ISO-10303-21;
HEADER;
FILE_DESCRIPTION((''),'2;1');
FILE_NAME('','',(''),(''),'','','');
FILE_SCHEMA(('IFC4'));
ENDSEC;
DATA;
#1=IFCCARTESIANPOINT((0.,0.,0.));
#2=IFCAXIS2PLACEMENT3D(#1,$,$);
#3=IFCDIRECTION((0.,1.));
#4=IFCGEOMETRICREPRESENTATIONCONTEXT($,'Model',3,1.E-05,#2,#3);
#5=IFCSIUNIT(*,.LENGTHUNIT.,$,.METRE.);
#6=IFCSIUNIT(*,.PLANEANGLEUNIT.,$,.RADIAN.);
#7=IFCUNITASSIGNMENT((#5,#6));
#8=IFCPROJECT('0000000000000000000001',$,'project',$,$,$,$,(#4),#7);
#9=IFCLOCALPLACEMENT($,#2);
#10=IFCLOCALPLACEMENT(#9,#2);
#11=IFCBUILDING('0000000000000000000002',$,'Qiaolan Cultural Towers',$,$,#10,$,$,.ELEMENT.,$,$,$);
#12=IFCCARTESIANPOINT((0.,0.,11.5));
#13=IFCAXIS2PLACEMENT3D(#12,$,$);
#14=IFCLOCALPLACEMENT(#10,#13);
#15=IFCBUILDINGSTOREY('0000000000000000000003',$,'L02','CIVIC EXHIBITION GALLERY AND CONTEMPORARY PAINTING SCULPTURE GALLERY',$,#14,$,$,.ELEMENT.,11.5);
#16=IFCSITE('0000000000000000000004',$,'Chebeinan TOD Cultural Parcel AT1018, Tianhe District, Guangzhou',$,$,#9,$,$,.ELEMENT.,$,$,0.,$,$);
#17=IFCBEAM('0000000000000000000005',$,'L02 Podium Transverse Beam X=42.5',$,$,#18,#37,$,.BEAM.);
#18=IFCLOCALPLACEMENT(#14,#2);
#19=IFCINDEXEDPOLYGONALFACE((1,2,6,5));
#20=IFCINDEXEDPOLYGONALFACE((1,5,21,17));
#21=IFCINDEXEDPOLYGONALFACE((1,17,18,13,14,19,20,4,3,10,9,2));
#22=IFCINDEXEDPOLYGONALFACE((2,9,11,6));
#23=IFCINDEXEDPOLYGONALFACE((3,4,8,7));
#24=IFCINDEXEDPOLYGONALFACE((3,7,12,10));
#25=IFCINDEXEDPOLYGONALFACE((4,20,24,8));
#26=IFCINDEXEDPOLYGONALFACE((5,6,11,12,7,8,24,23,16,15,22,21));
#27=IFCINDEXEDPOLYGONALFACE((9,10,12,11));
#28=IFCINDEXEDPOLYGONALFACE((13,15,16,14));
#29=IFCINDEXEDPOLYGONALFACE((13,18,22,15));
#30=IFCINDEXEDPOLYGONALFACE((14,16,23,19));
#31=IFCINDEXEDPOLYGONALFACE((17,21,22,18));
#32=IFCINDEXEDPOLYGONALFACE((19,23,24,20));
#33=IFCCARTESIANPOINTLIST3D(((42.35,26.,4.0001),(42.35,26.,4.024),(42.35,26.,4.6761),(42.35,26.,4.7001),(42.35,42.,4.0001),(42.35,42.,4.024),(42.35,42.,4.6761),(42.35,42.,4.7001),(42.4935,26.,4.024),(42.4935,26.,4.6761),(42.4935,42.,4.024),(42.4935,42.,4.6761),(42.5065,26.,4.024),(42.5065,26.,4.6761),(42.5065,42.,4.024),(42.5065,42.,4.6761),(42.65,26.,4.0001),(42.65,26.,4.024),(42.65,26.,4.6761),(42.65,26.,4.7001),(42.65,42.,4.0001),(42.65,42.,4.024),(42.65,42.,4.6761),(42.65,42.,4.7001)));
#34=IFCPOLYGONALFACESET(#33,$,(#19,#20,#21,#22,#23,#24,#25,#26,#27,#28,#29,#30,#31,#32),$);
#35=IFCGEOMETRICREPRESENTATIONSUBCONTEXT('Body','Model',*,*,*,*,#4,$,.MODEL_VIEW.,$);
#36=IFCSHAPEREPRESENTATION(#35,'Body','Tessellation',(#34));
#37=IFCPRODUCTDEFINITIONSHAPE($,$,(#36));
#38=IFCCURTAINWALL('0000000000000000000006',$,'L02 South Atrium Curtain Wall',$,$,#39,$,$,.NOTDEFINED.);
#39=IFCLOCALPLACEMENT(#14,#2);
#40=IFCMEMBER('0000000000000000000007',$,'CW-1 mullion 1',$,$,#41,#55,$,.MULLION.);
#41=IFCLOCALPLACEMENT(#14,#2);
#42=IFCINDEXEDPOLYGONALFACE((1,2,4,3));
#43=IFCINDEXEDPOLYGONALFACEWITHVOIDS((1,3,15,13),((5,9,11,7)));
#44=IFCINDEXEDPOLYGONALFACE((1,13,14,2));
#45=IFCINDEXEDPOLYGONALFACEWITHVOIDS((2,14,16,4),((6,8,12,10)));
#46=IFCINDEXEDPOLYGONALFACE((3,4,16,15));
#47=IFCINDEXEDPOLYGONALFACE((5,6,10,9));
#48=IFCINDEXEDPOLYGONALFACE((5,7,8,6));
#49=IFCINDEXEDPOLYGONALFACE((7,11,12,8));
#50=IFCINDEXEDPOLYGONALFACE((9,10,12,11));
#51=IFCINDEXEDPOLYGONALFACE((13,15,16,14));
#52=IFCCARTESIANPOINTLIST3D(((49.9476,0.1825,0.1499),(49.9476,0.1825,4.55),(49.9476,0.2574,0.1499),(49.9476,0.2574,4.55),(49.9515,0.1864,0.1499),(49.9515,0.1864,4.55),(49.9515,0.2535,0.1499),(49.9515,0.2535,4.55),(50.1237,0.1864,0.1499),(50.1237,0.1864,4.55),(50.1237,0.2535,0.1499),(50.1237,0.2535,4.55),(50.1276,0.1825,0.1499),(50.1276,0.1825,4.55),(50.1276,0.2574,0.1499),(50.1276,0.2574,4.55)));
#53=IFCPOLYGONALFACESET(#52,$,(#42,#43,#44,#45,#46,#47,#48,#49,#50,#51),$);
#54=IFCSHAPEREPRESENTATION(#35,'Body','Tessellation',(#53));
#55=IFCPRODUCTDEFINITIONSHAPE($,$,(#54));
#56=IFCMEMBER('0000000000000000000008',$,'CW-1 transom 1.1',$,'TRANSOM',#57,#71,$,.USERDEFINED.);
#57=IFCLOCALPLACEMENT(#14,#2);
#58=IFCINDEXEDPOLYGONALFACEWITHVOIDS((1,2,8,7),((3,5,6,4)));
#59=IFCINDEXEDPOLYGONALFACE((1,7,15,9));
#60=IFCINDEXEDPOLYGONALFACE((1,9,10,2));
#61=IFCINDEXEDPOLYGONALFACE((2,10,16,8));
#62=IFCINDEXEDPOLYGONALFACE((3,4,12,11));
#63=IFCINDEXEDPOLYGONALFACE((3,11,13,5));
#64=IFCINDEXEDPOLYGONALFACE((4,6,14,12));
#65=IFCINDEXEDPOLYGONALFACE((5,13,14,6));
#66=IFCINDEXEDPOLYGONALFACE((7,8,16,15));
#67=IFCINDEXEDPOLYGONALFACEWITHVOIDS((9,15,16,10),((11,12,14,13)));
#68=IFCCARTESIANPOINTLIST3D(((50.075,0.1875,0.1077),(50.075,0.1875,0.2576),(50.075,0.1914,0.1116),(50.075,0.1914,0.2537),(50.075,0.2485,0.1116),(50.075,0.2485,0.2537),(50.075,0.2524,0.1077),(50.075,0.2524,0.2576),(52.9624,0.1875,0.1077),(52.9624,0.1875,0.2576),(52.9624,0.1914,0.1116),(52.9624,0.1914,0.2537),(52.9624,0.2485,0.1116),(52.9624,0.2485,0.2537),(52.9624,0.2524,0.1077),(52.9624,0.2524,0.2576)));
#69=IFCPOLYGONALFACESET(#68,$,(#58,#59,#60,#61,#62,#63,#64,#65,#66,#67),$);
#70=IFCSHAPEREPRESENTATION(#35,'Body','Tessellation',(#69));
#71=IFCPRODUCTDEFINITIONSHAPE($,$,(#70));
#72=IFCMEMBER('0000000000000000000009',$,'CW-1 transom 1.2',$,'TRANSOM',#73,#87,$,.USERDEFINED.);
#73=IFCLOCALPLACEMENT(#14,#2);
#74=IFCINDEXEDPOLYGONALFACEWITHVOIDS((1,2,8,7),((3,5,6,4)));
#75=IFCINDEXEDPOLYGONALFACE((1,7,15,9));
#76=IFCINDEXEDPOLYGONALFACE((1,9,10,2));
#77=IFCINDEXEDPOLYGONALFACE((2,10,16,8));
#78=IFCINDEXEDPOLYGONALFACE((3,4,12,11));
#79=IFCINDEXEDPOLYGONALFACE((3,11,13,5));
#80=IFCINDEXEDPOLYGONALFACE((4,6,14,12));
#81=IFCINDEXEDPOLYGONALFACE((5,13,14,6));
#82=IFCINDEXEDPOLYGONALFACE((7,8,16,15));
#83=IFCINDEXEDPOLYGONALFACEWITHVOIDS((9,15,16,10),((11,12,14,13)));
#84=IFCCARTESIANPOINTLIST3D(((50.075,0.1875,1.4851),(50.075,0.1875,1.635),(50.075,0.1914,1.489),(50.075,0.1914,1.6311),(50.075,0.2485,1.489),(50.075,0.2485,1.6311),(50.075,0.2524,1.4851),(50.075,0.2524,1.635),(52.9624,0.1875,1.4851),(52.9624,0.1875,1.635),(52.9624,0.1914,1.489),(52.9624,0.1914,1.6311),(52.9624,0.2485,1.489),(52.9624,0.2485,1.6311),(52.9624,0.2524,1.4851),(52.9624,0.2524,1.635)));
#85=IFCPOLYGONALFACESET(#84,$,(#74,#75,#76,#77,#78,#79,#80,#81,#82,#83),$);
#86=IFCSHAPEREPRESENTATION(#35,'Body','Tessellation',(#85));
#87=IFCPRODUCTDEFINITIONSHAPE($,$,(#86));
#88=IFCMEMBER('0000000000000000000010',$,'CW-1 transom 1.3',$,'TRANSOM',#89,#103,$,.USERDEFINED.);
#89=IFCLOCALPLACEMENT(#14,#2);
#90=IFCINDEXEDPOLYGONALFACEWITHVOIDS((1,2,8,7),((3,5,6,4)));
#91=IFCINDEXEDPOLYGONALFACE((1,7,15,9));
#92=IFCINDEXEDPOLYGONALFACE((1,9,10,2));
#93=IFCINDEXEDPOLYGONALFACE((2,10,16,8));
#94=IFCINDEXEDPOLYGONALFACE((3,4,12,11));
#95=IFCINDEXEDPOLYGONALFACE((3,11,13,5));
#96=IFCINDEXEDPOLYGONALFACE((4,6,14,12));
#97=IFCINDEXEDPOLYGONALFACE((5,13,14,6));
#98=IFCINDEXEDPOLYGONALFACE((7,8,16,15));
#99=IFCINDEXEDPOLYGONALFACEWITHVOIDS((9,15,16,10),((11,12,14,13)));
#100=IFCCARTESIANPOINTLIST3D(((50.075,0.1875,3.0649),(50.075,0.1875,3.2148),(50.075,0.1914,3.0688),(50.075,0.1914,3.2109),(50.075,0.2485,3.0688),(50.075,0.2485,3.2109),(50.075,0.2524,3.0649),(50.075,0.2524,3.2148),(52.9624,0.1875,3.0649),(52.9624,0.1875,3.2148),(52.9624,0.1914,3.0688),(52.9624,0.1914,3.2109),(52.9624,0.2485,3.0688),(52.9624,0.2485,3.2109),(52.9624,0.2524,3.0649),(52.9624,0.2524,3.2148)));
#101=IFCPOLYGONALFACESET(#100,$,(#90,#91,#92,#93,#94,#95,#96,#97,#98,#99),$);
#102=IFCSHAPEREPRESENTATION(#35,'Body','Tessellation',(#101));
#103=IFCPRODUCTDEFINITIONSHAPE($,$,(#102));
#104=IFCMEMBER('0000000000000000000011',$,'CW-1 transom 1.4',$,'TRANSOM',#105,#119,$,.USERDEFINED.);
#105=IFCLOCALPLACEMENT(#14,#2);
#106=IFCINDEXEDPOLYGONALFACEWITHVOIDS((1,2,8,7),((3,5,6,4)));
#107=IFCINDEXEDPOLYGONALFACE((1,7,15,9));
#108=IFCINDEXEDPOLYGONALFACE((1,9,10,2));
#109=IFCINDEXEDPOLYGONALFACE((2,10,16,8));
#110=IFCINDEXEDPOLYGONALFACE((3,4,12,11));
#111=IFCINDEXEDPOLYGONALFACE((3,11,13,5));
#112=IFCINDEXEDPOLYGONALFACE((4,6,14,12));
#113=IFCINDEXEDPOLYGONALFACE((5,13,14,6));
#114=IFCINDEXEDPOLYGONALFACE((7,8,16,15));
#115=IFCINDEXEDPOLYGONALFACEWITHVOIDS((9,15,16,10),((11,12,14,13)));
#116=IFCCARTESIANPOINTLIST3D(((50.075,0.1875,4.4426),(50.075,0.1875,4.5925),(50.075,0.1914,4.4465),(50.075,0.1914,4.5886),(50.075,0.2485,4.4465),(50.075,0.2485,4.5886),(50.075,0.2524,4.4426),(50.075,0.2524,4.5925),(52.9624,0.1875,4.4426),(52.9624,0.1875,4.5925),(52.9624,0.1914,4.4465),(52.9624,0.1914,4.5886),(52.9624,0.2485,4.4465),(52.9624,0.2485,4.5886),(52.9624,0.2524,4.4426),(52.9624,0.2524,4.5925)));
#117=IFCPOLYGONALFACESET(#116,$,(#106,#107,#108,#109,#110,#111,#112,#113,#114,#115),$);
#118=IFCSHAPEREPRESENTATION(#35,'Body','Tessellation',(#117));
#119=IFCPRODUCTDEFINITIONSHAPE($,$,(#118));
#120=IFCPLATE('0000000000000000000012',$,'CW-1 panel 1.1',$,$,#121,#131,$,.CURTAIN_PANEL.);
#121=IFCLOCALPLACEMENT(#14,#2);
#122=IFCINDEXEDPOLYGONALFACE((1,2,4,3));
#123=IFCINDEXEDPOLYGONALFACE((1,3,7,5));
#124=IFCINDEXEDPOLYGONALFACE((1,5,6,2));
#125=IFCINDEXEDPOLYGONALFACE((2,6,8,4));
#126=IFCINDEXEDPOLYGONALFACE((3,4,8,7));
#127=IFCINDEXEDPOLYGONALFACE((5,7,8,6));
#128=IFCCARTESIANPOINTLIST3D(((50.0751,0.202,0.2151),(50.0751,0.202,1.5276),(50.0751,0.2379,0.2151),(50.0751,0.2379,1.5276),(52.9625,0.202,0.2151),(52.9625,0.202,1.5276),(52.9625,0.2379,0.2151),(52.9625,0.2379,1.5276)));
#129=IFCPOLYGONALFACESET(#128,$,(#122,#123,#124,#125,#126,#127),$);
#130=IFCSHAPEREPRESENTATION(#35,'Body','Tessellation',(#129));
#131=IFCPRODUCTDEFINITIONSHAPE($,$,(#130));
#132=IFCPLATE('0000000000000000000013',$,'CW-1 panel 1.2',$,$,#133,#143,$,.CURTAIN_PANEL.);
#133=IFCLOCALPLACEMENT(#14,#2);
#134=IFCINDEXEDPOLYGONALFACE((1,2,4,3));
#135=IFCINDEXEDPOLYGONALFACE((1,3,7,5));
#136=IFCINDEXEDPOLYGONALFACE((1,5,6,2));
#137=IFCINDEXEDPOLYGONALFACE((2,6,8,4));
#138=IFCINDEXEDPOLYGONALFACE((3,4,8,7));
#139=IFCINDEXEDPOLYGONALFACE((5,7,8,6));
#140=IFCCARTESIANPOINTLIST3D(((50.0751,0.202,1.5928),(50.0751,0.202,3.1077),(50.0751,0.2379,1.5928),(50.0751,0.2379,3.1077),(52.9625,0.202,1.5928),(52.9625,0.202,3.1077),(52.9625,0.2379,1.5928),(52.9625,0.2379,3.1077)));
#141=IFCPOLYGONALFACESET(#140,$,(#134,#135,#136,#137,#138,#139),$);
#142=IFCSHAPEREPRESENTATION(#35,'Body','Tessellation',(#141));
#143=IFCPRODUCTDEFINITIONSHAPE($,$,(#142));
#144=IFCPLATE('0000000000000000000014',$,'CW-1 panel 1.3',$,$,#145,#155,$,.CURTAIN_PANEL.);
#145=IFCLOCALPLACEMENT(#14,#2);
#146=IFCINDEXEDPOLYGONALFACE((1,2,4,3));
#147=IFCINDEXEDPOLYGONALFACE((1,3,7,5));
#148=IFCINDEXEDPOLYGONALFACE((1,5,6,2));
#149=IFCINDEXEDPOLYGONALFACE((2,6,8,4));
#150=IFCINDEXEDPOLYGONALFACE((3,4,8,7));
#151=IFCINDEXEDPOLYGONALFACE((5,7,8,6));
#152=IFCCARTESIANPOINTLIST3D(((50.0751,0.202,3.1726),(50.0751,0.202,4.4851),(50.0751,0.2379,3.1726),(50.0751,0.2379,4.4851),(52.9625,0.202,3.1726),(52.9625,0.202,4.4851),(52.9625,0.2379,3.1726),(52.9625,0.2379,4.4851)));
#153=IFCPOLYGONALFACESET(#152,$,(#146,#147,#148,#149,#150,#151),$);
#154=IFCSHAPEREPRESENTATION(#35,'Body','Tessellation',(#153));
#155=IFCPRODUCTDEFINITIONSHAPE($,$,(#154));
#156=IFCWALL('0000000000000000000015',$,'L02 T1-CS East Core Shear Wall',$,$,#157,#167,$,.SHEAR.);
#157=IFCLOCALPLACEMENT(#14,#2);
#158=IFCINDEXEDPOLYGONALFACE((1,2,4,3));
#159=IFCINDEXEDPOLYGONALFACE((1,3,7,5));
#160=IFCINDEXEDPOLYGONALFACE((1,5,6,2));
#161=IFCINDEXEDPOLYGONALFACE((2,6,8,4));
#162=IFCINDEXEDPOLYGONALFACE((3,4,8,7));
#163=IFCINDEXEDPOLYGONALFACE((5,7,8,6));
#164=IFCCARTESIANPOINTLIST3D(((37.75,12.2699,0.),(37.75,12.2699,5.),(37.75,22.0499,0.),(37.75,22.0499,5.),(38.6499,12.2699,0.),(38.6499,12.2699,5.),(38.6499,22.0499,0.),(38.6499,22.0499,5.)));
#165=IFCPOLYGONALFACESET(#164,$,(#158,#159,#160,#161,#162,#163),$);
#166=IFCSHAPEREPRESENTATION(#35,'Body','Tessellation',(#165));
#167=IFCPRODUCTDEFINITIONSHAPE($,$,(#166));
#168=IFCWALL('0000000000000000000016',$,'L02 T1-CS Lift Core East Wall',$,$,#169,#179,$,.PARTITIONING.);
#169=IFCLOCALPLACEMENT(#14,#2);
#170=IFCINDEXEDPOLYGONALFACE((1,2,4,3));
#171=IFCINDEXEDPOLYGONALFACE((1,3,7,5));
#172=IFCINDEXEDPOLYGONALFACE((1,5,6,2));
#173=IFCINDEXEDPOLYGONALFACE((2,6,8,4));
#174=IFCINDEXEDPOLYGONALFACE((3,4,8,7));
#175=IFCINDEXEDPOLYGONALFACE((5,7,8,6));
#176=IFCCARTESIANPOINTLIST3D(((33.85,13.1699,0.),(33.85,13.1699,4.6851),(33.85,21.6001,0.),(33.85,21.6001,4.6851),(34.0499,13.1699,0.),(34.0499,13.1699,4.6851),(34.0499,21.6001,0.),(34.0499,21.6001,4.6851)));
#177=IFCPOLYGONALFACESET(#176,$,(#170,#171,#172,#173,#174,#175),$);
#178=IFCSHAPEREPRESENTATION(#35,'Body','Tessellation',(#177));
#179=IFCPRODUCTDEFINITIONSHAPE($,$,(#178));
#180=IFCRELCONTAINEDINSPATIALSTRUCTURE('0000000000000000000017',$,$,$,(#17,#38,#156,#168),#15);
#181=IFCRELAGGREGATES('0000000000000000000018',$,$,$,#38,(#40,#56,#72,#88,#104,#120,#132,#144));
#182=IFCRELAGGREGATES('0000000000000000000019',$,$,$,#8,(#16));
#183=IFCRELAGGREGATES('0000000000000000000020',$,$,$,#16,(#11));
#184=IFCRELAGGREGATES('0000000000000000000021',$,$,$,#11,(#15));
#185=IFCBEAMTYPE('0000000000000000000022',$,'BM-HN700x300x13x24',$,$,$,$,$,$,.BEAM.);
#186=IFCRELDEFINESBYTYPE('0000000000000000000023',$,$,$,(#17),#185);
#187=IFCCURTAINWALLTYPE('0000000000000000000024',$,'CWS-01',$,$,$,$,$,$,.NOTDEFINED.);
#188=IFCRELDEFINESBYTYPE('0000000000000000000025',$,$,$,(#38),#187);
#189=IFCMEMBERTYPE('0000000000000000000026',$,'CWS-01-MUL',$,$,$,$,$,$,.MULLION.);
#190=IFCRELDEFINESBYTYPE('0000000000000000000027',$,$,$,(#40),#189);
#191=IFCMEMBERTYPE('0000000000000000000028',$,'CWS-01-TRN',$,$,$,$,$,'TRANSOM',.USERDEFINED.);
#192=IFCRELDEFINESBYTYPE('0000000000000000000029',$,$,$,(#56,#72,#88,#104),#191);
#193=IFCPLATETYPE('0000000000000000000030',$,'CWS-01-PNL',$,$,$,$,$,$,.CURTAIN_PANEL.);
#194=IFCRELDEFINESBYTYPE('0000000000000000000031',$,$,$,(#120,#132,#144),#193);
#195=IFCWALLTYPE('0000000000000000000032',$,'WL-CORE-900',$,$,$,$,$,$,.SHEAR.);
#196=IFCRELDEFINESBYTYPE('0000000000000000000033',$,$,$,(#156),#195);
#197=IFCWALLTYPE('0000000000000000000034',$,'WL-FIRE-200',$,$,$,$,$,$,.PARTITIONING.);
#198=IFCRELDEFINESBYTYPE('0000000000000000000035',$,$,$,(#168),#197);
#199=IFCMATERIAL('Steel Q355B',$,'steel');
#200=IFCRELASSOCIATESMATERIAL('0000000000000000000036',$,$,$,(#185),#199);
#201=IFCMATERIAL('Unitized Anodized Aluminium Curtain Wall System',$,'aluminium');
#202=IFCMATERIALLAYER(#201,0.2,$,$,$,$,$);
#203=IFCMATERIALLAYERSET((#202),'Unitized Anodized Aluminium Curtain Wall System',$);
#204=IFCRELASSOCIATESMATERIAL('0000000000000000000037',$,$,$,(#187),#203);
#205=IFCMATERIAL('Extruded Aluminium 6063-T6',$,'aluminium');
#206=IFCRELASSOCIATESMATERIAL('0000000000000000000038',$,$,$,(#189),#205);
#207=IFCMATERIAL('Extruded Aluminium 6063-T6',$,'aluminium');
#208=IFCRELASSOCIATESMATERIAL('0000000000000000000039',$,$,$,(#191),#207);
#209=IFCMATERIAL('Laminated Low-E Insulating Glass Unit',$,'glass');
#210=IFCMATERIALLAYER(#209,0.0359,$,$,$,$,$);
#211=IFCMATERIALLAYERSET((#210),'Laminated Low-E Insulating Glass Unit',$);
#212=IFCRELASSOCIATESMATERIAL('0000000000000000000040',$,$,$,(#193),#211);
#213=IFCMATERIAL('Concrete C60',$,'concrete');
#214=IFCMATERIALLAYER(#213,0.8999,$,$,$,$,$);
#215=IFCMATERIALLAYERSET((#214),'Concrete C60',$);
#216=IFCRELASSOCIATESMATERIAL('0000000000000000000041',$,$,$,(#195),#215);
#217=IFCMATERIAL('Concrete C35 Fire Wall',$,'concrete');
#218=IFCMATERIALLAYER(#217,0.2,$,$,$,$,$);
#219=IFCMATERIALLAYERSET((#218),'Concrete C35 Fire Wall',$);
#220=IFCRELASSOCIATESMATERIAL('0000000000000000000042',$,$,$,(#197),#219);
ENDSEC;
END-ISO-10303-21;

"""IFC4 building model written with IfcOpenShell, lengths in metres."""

from ifc_helpers import new_model, si_unit, direction, frame, frame_2d, origin, origin_2d, place, context, subcontext, project, spatial, rectangle, hollow_rectangle, i_section, extrude, material, layer, layer_set, material_profile, profile_set, type_object, element, aggregate, save


model = new_model("IFC4")

# Units and contexts
model_context = context("Model", 3, precision=1e-05, world=origin(), true_north=direction((0.0, 1.0)))
body_context = subcontext(model_context, "Body", "Model", "MODEL_VIEW")
ifc_project = project(units=[si_unit("LENGTHUNIT", "METRE"), si_unit("PLANEANGLEUNIT", "RADIAN")], contexts=[model_context])

# Site, building, storey
site_placement = place(None, origin())
site = spatial("IfcSite", under=ifc_project, at=site_placement, Name="Chebeinan TOD Cultural Parcel AT1018, Tianhe District, Guangzhou", CompositionType="ELEMENT", RefElevation=0.0)
building_placement = place(site_placement, origin())
building = spatial("IfcBuilding", under=site, at=building_placement, Name="Qiaolan Cultural Towers", CompositionType="ELEMENT")
storey_placement = place(building_placement, frame((0.0, 0.0, 11.5)))
storey = spatial("IfcBuildingStorey", under=building, at=storey_placement, Name="L02", Description="CIVIC EXHIBITION GALLERY AND CONTEMPORARY PAINTING SCULPTURE GALLERY", CompositionType="ELEMENT", Elevation=11.5)

# Beam
ifc_material_1 = material(Name="Steel Q355B", Category="steel")
ifc_material_profile_1 = material_profile(ifc_material_1, i_section(OverallWidth=0.3, OverallDepth=0.7, WebThickness=0.0129, FlangeThickness=0.0239, at=origin_2d()), Name="HN700x300x13x24")
ifc_profile_set_1 = profile_set([ifc_material_profile_1], Name="Steel Q355B")
beam_type_1 = type_object("IfcBeamType", Name="BM-HN700x300x13x24", PredefinedType="BEAM", material=ifc_profile_set_1)
beam_1_placement = place(storey_placement, frame((42.5, 26.0, 4.3501), z_axis=(0.0, 1.0, 0.0), x_axis=(-1.0, 0.0, 0.0)))
element("IfcBeam", 1, at=beam_1_placement, inside=storey, type_object=beam_type_1, Name="L02 Podium Transverse Beam X=42.5", PredefinedType="BEAM", context=body_context, shape_type="SweptSolid", body=[
    extrude(i_section(OverallWidth=0.3, OverallDepth=0.7, WebThickness=0.0129, FlangeThickness=0.0239, at=origin_2d()), origin(), (0.0, 0.0, 1.0), 16.0),
])

# Curtain wall, members, plates
ifc_material_2 = material(Name="Unitized Anodized Aluminium Curtain Wall System", Category="aluminium")
ifc_layer_1 = layer(ifc_material_2, 0.2)
ifc_layer_set_1 = layer_set([ifc_layer_1], Name="Unitized Anodized Aluminium Curtain Wall System")
curtain_wall_type = type_object("IfcCurtainWallType", Name="CWS-01", PredefinedType="NOTDEFINED", material=ifc_layer_set_1)
curtain_wall_placement = place(storey_placement, origin())
curtain_wall = element("IfcCurtainWall", 2, at=curtain_wall_placement, inside=storey, type_object=curtain_wall_type, Name="L02 South Atrium Curtain Wall", PredefinedType="NOTDEFINED")
ifc_material_3 = material(Name="Extruded Aluminium 6063-T6", Category="aluminium")
ifc_material_profile_2 = material_profile(ifc_material_3, hollow_rectangle(XDim=0.075, YDim=0.1799, WallThickness=0.0039, at=origin_2d()), Name="CWM-180x75x4")
ifc_profile_set_2 = profile_set([ifc_material_profile_2], Name="Extruded Aluminium 6063-T6")
member_type_1 = type_object("IfcMemberType", Name="CWS-01-MUL", PredefinedType="MULLION", material=ifc_profile_set_2)
member_1_placement = place(storey_placement, frame((50.0376, 0.22, 0.1499), z_axis=(0.0, 0.0, 1.0), x_axis=(0.0, 1.0, 0.0)))
member_1 = element("IfcMember", 3, at=member_1_placement, type_object=member_type_1, Name="CW-1 mullion 1", PredefinedType="MULLION", context=body_context, shape_type="SweptSolid", body=[
    extrude(hollow_rectangle(XDim=0.075, YDim=0.1799, WallThickness=0.0039, at=origin_2d()), origin(), (0.0, 0.0, 1.0), 4.4001),
])
ifc_material_4 = material(Name="Extruded Aluminium 6063-T6", Category="aluminium")
ifc_material_profile_3 = material_profile(ifc_material_4, hollow_rectangle(XDim=0.0649, YDim=0.1499, WallThickness=0.0039, at=origin_2d()), Name="CWT-150x65x4")
ifc_profile_set_3 = profile_set([ifc_material_profile_3], Name="Extruded Aluminium 6063-T6")
member_type_2 = type_object("IfcMemberType", Name="CWS-01-TRN", ElementType="TRANSOM", PredefinedType="USERDEFINED", material=ifc_profile_set_3)
member_2_placement = place(storey_placement, frame((50.075, 0.22, 0.1826), z_axis=(1.0, 0.0, 0.0), x_axis=(0.0, 1.0, 0.0)))
member_2 = element("IfcMember", 4, at=member_2_placement, type_object=member_type_2, Name="CW-1 transom 1.1", ObjectType="TRANSOM", PredefinedType="USERDEFINED", context=body_context, shape_type="SweptSolid", body=[
    extrude(hollow_rectangle(XDim=0.0649, YDim=0.1499, WallThickness=0.0039, at=origin_2d()), origin(), (0.0, 0.0, 1.0), 2.8875),
])
member_3_placement = place(storey_placement, frame((50.075, 0.22, 1.5601), z_axis=(1.0, 0.0, 0.0), x_axis=(0.0, 1.0, 0.0)))
member_3 = element("IfcMember", 5, at=member_3_placement, type_object=member_type_2, Name="CW-1 transom 1.2", ObjectType="TRANSOM", PredefinedType="USERDEFINED", context=body_context, shape_type="SweptSolid", body=[
    extrude(hollow_rectangle(XDim=0.0649, YDim=0.1499, WallThickness=0.0039, at=origin_2d()), origin(), (0.0, 0.0, 1.0), 2.8875),
])
member_4_placement = place(storey_placement, frame((50.075, 0.22, 3.1399), z_axis=(1.0, 0.0, 0.0), x_axis=(0.0, 1.0, 0.0)))
member_4 = element("IfcMember", 6, at=member_4_placement, type_object=member_type_2, Name="CW-1 transom 1.3", ObjectType="TRANSOM", PredefinedType="USERDEFINED", context=body_context, shape_type="SweptSolid", body=[
    extrude(hollow_rectangle(XDim=0.0649, YDim=0.1499, WallThickness=0.0039, at=origin_2d()), origin(), (0.0, 0.0, 1.0), 2.8875),
])
member_5_placement = place(storey_placement, frame((50.075, 0.22, 4.5176), z_axis=(1.0, 0.0, 0.0), x_axis=(0.0, 1.0, 0.0)))
member_5 = element("IfcMember", 7, at=member_5_placement, type_object=member_type_2, Name="CW-1 transom 1.4", ObjectType="TRANSOM", PredefinedType="USERDEFINED", context=body_context, shape_type="SweptSolid", body=[
    extrude(hollow_rectangle(XDim=0.0649, YDim=0.1499, WallThickness=0.0039, at=origin_2d()), origin(), (0.0, 0.0, 1.0), 2.8875),
])
ifc_material_5 = material(Name="Laminated Low-E Insulating Glass Unit", Category="glass")
ifc_layer_2 = layer(ifc_material_5, 0.0359)
ifc_layer_set_2 = layer_set([ifc_layer_2], Name="Laminated Low-E Insulating Glass Unit")
plate_type = type_object("IfcPlateType", Name="CWS-01-PNL", PredefinedType="CURTAIN_PANEL", material=ifc_layer_set_2)
plate_1_placement = place(storey_placement, frame((51.5188, 0.22, 0.2151), z_axis=(0.0, 0.0, 1.0), x_axis=(1.0, 0.0, 0.0)))
plate_1 = element("IfcPlate", 8, at=plate_1_placement, type_object=plate_type, Name="CW-1 panel 1.1", PredefinedType="CURTAIN_PANEL", context=body_context, shape_type="SweptSolid", body=[
    extrude(rectangle(XDim=2.8875, YDim=0.0359, at=origin_2d()), origin(), (0.0, 0.0, 1.0), 1.3125),
])
plate_2_placement = place(storey_placement, frame((51.5188, 0.22, 1.5928), z_axis=(0.0, 0.0, 1.0), x_axis=(1.0, 0.0, 0.0)))
plate_2 = element("IfcPlate", 9, at=plate_2_placement, type_object=plate_type, Name="CW-1 panel 1.2", PredefinedType="CURTAIN_PANEL", context=body_context, shape_type="SweptSolid", body=[
    extrude(rectangle(XDim=2.8875, YDim=0.0359, at=origin_2d()), origin(), (0.0, 0.0, 1.0), 1.5149),
])
plate_3_placement = place(storey_placement, frame((51.5188, 0.22, 3.1726), z_axis=(0.0, 0.0, 1.0), x_axis=(1.0, 0.0, 0.0)))
plate_3 = element("IfcPlate", 10, at=plate_3_placement, type_object=plate_type, Name="CW-1 panel 1.3", PredefinedType="CURTAIN_PANEL", context=body_context, shape_type="SweptSolid", body=[
    extrude(rectangle(XDim=2.8875, YDim=0.0359, at=origin_2d()), origin(), (0.0, 0.0, 1.0), 1.3125),
])
aggregate(curtain_wall, [member_1, member_2, member_3, member_4, member_5, plate_1, plate_2, plate_3])

# Walls
ifc_material_6 = material(Name="Concrete C60", Category="concrete")
ifc_layer_3 = layer(ifc_material_6, 0.8999)
ifc_layer_set_3 = layer_set([ifc_layer_3], Name="Concrete C60")
wall_type_1 = type_object("IfcWallType", Name="WL-CORE-900", PredefinedType="SHEAR", material=ifc_layer_set_3)
wall_1_placement = place(storey_placement, frame((38.2, 22.05, 0.0), z_axis=(0.0, 0.0, 1.0), x_axis=(0.0, -1.0, 0.0)))
element("IfcWall", 11, at=wall_1_placement, inside=storey, type_object=wall_type_1, Name="L02 T1-CS East Core Shear Wall", PredefinedType="SHEAR", context=body_context, shape_type="SweptSolid", body=[
    extrude(rectangle(XDim=9.78, YDim=0.8999, at=frame_2d((4.8901, 0.0))), origin(), (0.0, 0.0, 1.0), 5.0),
])
ifc_material_7 = material(Name="Concrete C35 Fire Wall", Category="concrete")
ifc_layer_4 = layer(ifc_material_7, 0.2)
ifc_layer_set_4 = layer_set([ifc_layer_4], Name="Concrete C35 Fire Wall")
wall_type_2 = type_object("IfcWallType", Name="WL-FIRE-200", PredefinedType="PARTITIONING", material=ifc_layer_set_4)
wall_2_placement = place(storey_placement, frame((33.95, 21.6001, 0.0), z_axis=(0.0, 0.0, 1.0), x_axis=(0.0, -1.0, 0.0)))
element("IfcWall", 12, at=wall_2_placement, inside=storey, type_object=wall_type_2, Name="L02 T1-CS Lift Core East Wall", PredefinedType="PARTITIONING", context=body_context, shape_type="SweptSolid", body=[
    extrude(rectangle(XDim=8.4302, YDim=0.2, at=frame_2d((4.2151, 0.0))), origin(), (0.0, 0.0, 1.0), 4.6851),
])

save(model, "model.ifc")
